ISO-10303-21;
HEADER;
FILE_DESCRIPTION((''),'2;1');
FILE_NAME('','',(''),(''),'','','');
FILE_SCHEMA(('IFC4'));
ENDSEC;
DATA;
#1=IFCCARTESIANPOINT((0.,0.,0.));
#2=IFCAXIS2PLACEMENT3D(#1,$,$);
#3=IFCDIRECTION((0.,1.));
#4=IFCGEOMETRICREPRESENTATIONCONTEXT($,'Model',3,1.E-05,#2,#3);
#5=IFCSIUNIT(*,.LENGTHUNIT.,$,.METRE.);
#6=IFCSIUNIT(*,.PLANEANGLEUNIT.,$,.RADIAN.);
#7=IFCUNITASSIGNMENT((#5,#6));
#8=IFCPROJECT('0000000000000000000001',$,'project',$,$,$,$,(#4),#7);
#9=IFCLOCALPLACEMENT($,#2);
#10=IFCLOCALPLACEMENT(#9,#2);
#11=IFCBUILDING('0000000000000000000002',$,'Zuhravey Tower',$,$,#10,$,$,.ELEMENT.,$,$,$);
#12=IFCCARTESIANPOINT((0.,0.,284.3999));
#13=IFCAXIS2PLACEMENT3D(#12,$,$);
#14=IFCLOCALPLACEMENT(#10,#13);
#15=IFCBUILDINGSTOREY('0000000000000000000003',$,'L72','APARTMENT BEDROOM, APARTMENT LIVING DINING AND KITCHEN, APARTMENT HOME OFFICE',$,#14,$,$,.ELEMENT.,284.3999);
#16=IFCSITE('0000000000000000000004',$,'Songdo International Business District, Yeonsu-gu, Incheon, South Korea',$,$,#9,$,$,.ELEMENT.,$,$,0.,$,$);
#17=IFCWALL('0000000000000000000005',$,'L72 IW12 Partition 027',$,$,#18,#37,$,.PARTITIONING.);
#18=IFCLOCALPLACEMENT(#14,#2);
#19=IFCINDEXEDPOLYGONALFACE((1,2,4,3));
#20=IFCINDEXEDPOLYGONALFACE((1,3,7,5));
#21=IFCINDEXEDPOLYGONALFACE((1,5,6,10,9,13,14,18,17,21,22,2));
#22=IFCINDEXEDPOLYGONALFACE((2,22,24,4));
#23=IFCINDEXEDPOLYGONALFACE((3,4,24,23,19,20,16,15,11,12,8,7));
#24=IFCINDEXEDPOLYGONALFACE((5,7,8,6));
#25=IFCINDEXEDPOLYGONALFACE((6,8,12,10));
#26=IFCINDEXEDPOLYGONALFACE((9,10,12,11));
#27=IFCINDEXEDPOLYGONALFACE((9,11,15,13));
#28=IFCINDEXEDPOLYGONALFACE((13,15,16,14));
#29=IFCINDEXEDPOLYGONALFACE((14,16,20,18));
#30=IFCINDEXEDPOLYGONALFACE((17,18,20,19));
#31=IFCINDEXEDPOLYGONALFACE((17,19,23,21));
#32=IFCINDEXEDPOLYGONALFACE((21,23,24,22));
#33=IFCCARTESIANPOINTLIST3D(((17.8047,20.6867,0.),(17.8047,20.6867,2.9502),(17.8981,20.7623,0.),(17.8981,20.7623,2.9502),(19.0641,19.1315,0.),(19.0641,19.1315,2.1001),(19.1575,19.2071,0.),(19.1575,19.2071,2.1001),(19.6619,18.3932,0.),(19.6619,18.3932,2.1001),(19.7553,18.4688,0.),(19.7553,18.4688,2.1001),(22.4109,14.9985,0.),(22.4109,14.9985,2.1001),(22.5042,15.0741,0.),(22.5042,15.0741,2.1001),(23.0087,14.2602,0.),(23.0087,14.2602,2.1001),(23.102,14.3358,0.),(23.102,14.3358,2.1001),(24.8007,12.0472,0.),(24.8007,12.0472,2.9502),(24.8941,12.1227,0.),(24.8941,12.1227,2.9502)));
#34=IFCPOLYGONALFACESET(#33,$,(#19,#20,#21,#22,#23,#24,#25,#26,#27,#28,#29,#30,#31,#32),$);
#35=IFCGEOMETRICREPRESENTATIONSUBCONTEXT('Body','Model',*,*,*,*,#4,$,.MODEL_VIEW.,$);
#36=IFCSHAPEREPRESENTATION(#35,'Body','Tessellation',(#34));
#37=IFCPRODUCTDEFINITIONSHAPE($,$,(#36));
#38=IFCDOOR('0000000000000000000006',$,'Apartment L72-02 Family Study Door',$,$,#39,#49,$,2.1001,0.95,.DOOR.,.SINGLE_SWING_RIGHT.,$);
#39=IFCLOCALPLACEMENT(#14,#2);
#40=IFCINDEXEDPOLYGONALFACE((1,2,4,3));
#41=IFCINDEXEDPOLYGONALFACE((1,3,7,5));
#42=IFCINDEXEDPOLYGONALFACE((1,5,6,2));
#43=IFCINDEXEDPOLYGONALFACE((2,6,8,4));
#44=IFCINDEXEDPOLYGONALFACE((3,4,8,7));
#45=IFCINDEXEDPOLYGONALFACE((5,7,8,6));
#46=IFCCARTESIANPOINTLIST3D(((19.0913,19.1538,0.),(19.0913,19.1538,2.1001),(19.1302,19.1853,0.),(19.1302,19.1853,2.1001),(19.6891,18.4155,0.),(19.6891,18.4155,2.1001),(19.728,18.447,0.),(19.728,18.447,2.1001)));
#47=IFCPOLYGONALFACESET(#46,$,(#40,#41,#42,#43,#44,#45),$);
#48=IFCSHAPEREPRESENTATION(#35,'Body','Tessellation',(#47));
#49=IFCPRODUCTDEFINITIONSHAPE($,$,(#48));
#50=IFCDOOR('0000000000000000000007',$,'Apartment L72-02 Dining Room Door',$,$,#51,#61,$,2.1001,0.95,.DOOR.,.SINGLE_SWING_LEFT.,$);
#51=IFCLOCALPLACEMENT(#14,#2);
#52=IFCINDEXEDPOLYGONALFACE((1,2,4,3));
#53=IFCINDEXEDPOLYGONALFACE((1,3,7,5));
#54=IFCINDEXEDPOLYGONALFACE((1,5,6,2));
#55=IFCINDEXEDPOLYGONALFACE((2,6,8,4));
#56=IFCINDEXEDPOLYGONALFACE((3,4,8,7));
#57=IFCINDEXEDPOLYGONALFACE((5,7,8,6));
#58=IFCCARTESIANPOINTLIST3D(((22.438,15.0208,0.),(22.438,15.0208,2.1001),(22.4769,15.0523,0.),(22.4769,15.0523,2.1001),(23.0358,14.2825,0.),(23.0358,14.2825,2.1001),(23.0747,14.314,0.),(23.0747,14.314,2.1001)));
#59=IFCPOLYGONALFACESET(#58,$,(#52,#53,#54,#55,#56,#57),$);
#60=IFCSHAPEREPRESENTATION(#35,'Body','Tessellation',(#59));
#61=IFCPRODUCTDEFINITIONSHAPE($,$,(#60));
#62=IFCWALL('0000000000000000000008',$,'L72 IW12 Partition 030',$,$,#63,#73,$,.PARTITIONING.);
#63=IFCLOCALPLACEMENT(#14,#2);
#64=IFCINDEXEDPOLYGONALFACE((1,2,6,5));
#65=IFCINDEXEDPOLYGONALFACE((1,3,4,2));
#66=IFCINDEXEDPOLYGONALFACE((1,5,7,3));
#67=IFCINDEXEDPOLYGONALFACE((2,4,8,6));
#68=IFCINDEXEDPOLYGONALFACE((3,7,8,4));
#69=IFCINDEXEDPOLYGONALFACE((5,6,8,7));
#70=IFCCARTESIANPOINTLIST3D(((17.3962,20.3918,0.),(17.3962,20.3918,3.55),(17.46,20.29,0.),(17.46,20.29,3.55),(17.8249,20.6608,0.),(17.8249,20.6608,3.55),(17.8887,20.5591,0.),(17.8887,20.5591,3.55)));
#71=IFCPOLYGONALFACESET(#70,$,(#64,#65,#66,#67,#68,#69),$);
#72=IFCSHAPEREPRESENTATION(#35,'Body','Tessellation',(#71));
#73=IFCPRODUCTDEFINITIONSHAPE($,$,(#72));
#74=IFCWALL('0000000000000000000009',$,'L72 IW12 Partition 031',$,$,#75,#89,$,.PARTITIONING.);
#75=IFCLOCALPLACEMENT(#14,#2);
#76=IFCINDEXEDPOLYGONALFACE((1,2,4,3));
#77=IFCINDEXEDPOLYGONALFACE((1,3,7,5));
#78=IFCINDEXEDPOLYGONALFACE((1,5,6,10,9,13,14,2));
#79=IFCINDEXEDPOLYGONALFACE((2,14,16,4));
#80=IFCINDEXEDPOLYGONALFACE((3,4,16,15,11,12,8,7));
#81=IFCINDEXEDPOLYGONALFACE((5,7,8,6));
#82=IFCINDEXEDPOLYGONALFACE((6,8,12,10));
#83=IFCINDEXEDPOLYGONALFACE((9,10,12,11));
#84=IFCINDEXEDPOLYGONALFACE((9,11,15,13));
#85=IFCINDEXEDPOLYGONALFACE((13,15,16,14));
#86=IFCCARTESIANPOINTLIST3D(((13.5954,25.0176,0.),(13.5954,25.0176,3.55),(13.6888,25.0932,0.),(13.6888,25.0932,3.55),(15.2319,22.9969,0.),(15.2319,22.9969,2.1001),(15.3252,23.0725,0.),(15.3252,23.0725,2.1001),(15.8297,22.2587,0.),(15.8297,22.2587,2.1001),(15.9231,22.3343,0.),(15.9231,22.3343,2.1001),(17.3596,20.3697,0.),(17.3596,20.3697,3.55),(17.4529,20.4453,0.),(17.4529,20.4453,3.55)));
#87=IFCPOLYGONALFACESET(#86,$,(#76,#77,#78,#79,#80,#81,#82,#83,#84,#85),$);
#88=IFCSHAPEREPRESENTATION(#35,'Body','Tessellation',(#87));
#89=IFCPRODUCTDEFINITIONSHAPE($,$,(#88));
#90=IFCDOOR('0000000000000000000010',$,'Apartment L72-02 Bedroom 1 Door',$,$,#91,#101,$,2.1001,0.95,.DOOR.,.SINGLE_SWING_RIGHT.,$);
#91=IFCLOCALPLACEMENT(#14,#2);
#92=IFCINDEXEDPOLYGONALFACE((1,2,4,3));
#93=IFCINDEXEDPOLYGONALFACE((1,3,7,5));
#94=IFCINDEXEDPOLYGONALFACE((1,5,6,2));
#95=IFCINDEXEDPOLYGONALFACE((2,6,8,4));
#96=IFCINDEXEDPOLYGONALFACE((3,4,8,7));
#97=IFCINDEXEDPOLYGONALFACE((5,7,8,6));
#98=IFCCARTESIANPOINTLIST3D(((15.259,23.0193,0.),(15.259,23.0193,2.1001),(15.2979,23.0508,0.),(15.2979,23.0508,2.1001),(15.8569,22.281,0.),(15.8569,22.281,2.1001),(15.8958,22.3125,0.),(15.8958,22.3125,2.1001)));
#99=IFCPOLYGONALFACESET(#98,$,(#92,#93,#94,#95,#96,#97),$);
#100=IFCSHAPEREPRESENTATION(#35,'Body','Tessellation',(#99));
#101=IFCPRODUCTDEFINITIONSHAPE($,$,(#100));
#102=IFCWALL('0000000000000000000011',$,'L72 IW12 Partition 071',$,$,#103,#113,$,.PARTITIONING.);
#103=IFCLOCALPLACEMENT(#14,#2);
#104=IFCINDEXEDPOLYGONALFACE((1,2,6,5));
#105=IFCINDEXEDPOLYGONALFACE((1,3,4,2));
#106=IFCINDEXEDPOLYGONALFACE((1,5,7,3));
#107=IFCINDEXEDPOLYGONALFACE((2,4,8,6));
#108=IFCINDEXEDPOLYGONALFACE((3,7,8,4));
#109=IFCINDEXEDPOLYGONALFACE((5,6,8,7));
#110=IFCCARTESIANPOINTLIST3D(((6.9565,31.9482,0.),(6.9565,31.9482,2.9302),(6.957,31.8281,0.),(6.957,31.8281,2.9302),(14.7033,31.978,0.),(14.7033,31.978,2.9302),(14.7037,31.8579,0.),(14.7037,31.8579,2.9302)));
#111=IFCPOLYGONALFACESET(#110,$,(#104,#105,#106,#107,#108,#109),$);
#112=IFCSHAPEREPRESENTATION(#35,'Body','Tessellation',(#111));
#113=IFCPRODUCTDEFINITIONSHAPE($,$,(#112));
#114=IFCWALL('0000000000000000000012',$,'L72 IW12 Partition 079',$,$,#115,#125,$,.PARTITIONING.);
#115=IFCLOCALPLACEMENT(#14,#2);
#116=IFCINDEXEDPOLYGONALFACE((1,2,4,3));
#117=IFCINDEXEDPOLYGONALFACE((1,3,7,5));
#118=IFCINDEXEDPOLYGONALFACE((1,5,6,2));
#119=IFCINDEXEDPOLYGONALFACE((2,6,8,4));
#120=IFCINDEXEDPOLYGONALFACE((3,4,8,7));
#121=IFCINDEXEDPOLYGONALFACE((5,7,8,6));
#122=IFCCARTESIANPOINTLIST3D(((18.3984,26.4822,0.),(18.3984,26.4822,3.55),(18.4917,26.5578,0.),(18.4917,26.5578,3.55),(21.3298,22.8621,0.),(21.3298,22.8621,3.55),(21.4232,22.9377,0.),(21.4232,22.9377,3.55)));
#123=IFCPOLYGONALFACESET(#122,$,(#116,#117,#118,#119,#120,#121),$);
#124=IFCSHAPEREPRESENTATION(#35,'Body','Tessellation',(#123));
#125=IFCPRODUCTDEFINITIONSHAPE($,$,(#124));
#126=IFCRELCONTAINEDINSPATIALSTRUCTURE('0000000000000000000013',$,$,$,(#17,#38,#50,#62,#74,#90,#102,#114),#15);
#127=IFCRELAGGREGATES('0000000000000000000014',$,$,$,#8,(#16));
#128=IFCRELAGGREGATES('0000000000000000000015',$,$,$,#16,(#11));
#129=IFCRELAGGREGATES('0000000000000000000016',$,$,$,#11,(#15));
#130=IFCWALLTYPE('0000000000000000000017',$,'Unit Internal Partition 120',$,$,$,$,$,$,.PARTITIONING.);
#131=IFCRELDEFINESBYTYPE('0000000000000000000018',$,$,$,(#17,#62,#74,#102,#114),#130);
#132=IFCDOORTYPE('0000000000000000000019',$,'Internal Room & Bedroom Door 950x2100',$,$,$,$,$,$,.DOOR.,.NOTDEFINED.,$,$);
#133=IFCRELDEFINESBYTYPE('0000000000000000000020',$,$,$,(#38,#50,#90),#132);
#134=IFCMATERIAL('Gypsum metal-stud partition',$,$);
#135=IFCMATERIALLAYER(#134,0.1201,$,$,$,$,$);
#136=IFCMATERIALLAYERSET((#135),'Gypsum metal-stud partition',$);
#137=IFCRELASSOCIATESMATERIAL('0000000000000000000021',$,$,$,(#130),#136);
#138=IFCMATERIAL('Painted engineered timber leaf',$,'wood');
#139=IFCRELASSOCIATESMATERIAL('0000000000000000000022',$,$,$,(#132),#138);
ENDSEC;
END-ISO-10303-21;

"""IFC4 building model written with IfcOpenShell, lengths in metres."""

from ifc_helpers import new_model, si_unit, direction, frame, frame_2d, origin, place, context, subcontext, project, spatial, rectangle, extrude, material, layer, layer_set, type_object, element, fill, save


model = new_model("IFC4")

# Units and contexts
model_context = context("Model", 3, precision=1e-05, world=origin(), true_north=direction((0.0, 1.0)))
body_context = subcontext(model_context, "Body", "Model", "MODEL_VIEW")
ifc_project = project(units=[si_unit("LENGTHUNIT", "METRE"), si_unit("PLANEANGLEUNIT", "RADIAN")], contexts=[model_context])

# Site, building, storey
site_placement = place(None, origin())
site = spatial("IfcSite", under=ifc_project, at=site_placement, Name="Songdo International Business District, Yeonsu-gu, Incheon, South Korea", CompositionType="ELEMENT", RefElevation=0.0)
building_placement = place(site_placement, origin())
building = spatial("IfcBuilding", under=site, at=building_placement, Name="Zuhravey Tower", CompositionType="ELEMENT")
storey_placement = place(building_placement, frame((0.0, 0.0, 284.3999)))
storey = spatial("IfcBuildingStorey", under=building, at=storey_placement, Name="L72", Description="APARTMENT BEDROOM, APARTMENT LIVING DINING AND KITCHEN, APARTMENT HOME OFFICE", CompositionType="ELEMENT", Elevation=284.3999)

# Wall, openings, doors
ifc_material_1 = material(Name="Gypsum metal-stud partition")
ifc_layer_1 = layer(ifc_material_1, 0.1201)
ifc_layer_set_1 = layer_set([ifc_layer_1], Name="Gypsum metal-stud partition")
wall_type_1 = type_object("IfcWallType", Name="Unit Internal Partition 120", PredefinedType="PARTITIONING", material=ifc_layer_set_1)
wall_1_placement = place(storey_placement, frame((17.8513, 20.7246, 0.0), z_axis=(0.0, 0.0, 1.0), x_axis=(0.629312, -0.777153, 0.0)))
wall_1 = element("IfcWall", 1, at=wall_1_placement, inside=storey, type_object=wall_type_1, Name="L72 IW12 Partition 027", PredefinedType="PARTITIONING", context=body_context, shape_type="SweptSolid", body=[
    extrude(rectangle(XDim=11.1169, YDim=0.1201, at=frame_2d((5.5586, 0.0))), origin(), (0.0, 0.0, 1.0), 2.9502),
])
opening_1_placement = place(wall_1_placement, frame((2.0012, 0.0, 0.0)))
opening_1 = element("IfcOpeningElement", 2, at=opening_1_placement, cuts=wall_1, PredefinedType="OPENING", context=body_context, shape_type="SweptSolid", body=[
    extrude(rectangle(XDim=0.95, YDim=2.1001, at=frame_2d((0.4751, 1.05))), frame((0.0, 0.072, 0.0), z_axis=(0.0, -1.0, 0.0), x_axis=(1.0, 0.0, 0.0)), (0.0, 0.0, 1.0), 0.144),
])
opening_2_placement = place(wall_1_placement, frame((7.3193, 0.0, 0.0)))
opening_2 = element("IfcOpeningElement", 3, at=opening_2_placement, cuts=wall_1, PredefinedType="OPENING", context=body_context, shape_type="SweptSolid", body=[
    extrude(rectangle(XDim=0.95, YDim=2.1001, at=frame_2d((0.4751, 1.05))), frame((0.0, 0.072, 0.0), z_axis=(0.0, -1.0, 0.0), x_axis=(1.0, 0.0, 0.0)), (0.0, 0.0, 1.0), 0.144),
])
ifc_material_2 = material(Name="Painted engineered timber leaf", Category="wood")
door_type = type_object("IfcDoorType", Name="Internal Room & Bedroom Door 950x2100", OperationType="NOTDEFINED", PredefinedType="DOOR", material=ifc_material_2)
door_1_placement = place(opening_1_placement, frame((0.95, 0.0, 0.0), z_axis=(0.0, 0.0, 1.0), x_axis=(-1.0, 0.0, 0.0)))
door_1 = element("IfcDoor", 4, at=door_1_placement, inside=storey, type_object=door_type, Name="Apartment L72-02 Family Study Door", OperationType="SINGLE_SWING_RIGHT", OverallHeight=2.1001, OverallWidth=0.95, PredefinedType="DOOR", context=body_context, shape_type="SweptSolid", body=[
    extrude(rectangle(XDim=0.95, YDim=2.1001, at=frame_2d((0.4751, 1.05))), frame((0.0, 0.0249, 0.0), z_axis=(0.0, -1.0, 0.0), x_axis=(1.0, 0.0, 0.0)), (0.0, 0.0, 1.0), 0.05),
])
fill(opening_1, door_1)
door_2_placement = place(opening_2_placement, frame((0.95, 0.0, 0.0), z_axis=(0.0, 0.0, 1.0), x_axis=(-1.0, 0.0, 0.0)))
door_2 = element("IfcDoor", 5, at=door_2_placement, inside=storey, type_object=door_type, Name="Apartment L72-02 Dining Room Door", OperationType="SINGLE_SWING_LEFT", OverallHeight=2.1001, OverallWidth=0.95, PredefinedType="DOOR", context=body_context, shape_type="SweptSolid", body=[
    extrude(rectangle(XDim=0.95, YDim=2.1001, at=frame_2d((0.4751, 1.05))), frame((0.0, 0.0249, 0.0), z_axis=(0.0, -1.0, 0.0), x_axis=(1.0, 0.0, 0.0)), (0.0, 0.0, 1.0), 0.05),
])
fill(opening_2, door_2)

# Wall
wall_2_placement = place(storey_placement, frame((17.8567, 20.6099, 0.0), z_axis=(0.0, 0.0, 1.0), x_axis=(-0.847021, -0.531559, 0.0)))
element("IfcWall", 6, at=wall_2_placement, inside=storey, type_object=wall_type_1, Name="L72 IW12 Partition 030", PredefinedType="PARTITIONING", context=body_context, shape_type="SweptSolid", body=[
    extrude(rectangle(XDim=0.5061, YDim=0.1201, at=frame_2d((0.2529, 0.0))), origin(), (0.0, 0.0, 1.0), 3.55),
])

# Wall, opening, door
wall_3_placement = place(storey_placement, frame((13.6421, 25.0554, 0.0), z_axis=(0.0, 0.0, 1.0), x_axis=(0.629353, -0.777119, 0.0)))
wall_3 = element("IfcWall", 7, at=wall_3_placement, inside=storey, type_object=wall_type_1, Name="L72 IW12 Partition 031", PredefinedType="PARTITIONING", context=body_context, shape_type="SweptSolid", body=[
    extrude(rectangle(XDim=5.981, YDim=0.1201, at=frame_2d((2.9905, 0.0))), origin(), (0.0, 0.0, 1.0), 3.55),
])
opening_3_placement = place(wall_3_placement, frame((2.6001, 0.0, 0.0)))
opening_3 = element("IfcOpeningElement", 8, at=opening_3_placement, cuts=wall_3, PredefinedType="OPENING", context=body_context, shape_type="SweptSolid", body=[
    extrude(rectangle(XDim=0.95, YDim=2.1001, at=frame_2d((0.4751, 1.05))), frame((0.0, 0.072, 0.0), z_axis=(0.0, -1.0, 0.0), x_axis=(1.0, 0.0, 0.0)), (0.0, 0.0, 1.0), 0.144),
])
door_3_placement = place(opening_3_placement, frame((0.95, 0.0, 0.0), z_axis=(0.0, 0.0, 1.0), x_axis=(-1.0, 0.0, 0.0)))
door_3 = element("IfcDoor", 9, at=door_3_placement, inside=storey, type_object=door_type, Name="Apartment L72-02 Bedroom 1 Door", OperationType="SINGLE_SWING_RIGHT", OverallHeight=2.1001, OverallWidth=0.95, PredefinedType="DOOR", context=body_context, shape_type="SweptSolid", body=[
    extrude(rectangle(XDim=0.95, YDim=2.1001, at=frame_2d((0.4751, 1.05))), frame((0.0, 0.0249, 0.0), z_axis=(0.0, -1.0, 0.0), x_axis=(1.0, 0.0, 0.0)), (0.0, 0.0, 1.0), 0.05),
])
fill(opening_3, door_3)

# Walls
wall_4_placement = place(storey_placement, frame((14.7036, 31.918, 0.0), z_axis=(0.0, 0.0, 1.0), x_axis=(-0.999993, -0.003845, 0.0)))
element("IfcWall", 10, at=wall_4_placement, inside=storey, type_object=wall_type_1, Name="L72 IW12 Partition 071", PredefinedType="PARTITIONING", context=body_context, shape_type="SweptSolid", body=[
    extrude(rectangle(XDim=7.7468, YDim=0.1201, at=frame_2d((3.8735, 0.0))), origin(), (0.0, 0.0, 1.0), 2.9302),
])
wall_5_placement = place(storey_placement, frame((18.4451, 26.52, 0.0), z_axis=(0.0, 0.0, 1.0), x_axis=(0.629305, -0.777158, 0.0)))
element("IfcWall", 11, at=wall_5_placement, inside=storey, type_object=wall_type_1, Name="L72 IW12 Partition 079", PredefinedType="PARTITIONING", context=body_context, shape_type="SweptSolid", body=[
    extrude(rectangle(XDim=4.6582, YDim=0.1201, at=frame_2d((2.3291, 0.0))), origin(), (0.0, 0.0, 1.0), 3.55),
])

save(model, "model.ifc")
